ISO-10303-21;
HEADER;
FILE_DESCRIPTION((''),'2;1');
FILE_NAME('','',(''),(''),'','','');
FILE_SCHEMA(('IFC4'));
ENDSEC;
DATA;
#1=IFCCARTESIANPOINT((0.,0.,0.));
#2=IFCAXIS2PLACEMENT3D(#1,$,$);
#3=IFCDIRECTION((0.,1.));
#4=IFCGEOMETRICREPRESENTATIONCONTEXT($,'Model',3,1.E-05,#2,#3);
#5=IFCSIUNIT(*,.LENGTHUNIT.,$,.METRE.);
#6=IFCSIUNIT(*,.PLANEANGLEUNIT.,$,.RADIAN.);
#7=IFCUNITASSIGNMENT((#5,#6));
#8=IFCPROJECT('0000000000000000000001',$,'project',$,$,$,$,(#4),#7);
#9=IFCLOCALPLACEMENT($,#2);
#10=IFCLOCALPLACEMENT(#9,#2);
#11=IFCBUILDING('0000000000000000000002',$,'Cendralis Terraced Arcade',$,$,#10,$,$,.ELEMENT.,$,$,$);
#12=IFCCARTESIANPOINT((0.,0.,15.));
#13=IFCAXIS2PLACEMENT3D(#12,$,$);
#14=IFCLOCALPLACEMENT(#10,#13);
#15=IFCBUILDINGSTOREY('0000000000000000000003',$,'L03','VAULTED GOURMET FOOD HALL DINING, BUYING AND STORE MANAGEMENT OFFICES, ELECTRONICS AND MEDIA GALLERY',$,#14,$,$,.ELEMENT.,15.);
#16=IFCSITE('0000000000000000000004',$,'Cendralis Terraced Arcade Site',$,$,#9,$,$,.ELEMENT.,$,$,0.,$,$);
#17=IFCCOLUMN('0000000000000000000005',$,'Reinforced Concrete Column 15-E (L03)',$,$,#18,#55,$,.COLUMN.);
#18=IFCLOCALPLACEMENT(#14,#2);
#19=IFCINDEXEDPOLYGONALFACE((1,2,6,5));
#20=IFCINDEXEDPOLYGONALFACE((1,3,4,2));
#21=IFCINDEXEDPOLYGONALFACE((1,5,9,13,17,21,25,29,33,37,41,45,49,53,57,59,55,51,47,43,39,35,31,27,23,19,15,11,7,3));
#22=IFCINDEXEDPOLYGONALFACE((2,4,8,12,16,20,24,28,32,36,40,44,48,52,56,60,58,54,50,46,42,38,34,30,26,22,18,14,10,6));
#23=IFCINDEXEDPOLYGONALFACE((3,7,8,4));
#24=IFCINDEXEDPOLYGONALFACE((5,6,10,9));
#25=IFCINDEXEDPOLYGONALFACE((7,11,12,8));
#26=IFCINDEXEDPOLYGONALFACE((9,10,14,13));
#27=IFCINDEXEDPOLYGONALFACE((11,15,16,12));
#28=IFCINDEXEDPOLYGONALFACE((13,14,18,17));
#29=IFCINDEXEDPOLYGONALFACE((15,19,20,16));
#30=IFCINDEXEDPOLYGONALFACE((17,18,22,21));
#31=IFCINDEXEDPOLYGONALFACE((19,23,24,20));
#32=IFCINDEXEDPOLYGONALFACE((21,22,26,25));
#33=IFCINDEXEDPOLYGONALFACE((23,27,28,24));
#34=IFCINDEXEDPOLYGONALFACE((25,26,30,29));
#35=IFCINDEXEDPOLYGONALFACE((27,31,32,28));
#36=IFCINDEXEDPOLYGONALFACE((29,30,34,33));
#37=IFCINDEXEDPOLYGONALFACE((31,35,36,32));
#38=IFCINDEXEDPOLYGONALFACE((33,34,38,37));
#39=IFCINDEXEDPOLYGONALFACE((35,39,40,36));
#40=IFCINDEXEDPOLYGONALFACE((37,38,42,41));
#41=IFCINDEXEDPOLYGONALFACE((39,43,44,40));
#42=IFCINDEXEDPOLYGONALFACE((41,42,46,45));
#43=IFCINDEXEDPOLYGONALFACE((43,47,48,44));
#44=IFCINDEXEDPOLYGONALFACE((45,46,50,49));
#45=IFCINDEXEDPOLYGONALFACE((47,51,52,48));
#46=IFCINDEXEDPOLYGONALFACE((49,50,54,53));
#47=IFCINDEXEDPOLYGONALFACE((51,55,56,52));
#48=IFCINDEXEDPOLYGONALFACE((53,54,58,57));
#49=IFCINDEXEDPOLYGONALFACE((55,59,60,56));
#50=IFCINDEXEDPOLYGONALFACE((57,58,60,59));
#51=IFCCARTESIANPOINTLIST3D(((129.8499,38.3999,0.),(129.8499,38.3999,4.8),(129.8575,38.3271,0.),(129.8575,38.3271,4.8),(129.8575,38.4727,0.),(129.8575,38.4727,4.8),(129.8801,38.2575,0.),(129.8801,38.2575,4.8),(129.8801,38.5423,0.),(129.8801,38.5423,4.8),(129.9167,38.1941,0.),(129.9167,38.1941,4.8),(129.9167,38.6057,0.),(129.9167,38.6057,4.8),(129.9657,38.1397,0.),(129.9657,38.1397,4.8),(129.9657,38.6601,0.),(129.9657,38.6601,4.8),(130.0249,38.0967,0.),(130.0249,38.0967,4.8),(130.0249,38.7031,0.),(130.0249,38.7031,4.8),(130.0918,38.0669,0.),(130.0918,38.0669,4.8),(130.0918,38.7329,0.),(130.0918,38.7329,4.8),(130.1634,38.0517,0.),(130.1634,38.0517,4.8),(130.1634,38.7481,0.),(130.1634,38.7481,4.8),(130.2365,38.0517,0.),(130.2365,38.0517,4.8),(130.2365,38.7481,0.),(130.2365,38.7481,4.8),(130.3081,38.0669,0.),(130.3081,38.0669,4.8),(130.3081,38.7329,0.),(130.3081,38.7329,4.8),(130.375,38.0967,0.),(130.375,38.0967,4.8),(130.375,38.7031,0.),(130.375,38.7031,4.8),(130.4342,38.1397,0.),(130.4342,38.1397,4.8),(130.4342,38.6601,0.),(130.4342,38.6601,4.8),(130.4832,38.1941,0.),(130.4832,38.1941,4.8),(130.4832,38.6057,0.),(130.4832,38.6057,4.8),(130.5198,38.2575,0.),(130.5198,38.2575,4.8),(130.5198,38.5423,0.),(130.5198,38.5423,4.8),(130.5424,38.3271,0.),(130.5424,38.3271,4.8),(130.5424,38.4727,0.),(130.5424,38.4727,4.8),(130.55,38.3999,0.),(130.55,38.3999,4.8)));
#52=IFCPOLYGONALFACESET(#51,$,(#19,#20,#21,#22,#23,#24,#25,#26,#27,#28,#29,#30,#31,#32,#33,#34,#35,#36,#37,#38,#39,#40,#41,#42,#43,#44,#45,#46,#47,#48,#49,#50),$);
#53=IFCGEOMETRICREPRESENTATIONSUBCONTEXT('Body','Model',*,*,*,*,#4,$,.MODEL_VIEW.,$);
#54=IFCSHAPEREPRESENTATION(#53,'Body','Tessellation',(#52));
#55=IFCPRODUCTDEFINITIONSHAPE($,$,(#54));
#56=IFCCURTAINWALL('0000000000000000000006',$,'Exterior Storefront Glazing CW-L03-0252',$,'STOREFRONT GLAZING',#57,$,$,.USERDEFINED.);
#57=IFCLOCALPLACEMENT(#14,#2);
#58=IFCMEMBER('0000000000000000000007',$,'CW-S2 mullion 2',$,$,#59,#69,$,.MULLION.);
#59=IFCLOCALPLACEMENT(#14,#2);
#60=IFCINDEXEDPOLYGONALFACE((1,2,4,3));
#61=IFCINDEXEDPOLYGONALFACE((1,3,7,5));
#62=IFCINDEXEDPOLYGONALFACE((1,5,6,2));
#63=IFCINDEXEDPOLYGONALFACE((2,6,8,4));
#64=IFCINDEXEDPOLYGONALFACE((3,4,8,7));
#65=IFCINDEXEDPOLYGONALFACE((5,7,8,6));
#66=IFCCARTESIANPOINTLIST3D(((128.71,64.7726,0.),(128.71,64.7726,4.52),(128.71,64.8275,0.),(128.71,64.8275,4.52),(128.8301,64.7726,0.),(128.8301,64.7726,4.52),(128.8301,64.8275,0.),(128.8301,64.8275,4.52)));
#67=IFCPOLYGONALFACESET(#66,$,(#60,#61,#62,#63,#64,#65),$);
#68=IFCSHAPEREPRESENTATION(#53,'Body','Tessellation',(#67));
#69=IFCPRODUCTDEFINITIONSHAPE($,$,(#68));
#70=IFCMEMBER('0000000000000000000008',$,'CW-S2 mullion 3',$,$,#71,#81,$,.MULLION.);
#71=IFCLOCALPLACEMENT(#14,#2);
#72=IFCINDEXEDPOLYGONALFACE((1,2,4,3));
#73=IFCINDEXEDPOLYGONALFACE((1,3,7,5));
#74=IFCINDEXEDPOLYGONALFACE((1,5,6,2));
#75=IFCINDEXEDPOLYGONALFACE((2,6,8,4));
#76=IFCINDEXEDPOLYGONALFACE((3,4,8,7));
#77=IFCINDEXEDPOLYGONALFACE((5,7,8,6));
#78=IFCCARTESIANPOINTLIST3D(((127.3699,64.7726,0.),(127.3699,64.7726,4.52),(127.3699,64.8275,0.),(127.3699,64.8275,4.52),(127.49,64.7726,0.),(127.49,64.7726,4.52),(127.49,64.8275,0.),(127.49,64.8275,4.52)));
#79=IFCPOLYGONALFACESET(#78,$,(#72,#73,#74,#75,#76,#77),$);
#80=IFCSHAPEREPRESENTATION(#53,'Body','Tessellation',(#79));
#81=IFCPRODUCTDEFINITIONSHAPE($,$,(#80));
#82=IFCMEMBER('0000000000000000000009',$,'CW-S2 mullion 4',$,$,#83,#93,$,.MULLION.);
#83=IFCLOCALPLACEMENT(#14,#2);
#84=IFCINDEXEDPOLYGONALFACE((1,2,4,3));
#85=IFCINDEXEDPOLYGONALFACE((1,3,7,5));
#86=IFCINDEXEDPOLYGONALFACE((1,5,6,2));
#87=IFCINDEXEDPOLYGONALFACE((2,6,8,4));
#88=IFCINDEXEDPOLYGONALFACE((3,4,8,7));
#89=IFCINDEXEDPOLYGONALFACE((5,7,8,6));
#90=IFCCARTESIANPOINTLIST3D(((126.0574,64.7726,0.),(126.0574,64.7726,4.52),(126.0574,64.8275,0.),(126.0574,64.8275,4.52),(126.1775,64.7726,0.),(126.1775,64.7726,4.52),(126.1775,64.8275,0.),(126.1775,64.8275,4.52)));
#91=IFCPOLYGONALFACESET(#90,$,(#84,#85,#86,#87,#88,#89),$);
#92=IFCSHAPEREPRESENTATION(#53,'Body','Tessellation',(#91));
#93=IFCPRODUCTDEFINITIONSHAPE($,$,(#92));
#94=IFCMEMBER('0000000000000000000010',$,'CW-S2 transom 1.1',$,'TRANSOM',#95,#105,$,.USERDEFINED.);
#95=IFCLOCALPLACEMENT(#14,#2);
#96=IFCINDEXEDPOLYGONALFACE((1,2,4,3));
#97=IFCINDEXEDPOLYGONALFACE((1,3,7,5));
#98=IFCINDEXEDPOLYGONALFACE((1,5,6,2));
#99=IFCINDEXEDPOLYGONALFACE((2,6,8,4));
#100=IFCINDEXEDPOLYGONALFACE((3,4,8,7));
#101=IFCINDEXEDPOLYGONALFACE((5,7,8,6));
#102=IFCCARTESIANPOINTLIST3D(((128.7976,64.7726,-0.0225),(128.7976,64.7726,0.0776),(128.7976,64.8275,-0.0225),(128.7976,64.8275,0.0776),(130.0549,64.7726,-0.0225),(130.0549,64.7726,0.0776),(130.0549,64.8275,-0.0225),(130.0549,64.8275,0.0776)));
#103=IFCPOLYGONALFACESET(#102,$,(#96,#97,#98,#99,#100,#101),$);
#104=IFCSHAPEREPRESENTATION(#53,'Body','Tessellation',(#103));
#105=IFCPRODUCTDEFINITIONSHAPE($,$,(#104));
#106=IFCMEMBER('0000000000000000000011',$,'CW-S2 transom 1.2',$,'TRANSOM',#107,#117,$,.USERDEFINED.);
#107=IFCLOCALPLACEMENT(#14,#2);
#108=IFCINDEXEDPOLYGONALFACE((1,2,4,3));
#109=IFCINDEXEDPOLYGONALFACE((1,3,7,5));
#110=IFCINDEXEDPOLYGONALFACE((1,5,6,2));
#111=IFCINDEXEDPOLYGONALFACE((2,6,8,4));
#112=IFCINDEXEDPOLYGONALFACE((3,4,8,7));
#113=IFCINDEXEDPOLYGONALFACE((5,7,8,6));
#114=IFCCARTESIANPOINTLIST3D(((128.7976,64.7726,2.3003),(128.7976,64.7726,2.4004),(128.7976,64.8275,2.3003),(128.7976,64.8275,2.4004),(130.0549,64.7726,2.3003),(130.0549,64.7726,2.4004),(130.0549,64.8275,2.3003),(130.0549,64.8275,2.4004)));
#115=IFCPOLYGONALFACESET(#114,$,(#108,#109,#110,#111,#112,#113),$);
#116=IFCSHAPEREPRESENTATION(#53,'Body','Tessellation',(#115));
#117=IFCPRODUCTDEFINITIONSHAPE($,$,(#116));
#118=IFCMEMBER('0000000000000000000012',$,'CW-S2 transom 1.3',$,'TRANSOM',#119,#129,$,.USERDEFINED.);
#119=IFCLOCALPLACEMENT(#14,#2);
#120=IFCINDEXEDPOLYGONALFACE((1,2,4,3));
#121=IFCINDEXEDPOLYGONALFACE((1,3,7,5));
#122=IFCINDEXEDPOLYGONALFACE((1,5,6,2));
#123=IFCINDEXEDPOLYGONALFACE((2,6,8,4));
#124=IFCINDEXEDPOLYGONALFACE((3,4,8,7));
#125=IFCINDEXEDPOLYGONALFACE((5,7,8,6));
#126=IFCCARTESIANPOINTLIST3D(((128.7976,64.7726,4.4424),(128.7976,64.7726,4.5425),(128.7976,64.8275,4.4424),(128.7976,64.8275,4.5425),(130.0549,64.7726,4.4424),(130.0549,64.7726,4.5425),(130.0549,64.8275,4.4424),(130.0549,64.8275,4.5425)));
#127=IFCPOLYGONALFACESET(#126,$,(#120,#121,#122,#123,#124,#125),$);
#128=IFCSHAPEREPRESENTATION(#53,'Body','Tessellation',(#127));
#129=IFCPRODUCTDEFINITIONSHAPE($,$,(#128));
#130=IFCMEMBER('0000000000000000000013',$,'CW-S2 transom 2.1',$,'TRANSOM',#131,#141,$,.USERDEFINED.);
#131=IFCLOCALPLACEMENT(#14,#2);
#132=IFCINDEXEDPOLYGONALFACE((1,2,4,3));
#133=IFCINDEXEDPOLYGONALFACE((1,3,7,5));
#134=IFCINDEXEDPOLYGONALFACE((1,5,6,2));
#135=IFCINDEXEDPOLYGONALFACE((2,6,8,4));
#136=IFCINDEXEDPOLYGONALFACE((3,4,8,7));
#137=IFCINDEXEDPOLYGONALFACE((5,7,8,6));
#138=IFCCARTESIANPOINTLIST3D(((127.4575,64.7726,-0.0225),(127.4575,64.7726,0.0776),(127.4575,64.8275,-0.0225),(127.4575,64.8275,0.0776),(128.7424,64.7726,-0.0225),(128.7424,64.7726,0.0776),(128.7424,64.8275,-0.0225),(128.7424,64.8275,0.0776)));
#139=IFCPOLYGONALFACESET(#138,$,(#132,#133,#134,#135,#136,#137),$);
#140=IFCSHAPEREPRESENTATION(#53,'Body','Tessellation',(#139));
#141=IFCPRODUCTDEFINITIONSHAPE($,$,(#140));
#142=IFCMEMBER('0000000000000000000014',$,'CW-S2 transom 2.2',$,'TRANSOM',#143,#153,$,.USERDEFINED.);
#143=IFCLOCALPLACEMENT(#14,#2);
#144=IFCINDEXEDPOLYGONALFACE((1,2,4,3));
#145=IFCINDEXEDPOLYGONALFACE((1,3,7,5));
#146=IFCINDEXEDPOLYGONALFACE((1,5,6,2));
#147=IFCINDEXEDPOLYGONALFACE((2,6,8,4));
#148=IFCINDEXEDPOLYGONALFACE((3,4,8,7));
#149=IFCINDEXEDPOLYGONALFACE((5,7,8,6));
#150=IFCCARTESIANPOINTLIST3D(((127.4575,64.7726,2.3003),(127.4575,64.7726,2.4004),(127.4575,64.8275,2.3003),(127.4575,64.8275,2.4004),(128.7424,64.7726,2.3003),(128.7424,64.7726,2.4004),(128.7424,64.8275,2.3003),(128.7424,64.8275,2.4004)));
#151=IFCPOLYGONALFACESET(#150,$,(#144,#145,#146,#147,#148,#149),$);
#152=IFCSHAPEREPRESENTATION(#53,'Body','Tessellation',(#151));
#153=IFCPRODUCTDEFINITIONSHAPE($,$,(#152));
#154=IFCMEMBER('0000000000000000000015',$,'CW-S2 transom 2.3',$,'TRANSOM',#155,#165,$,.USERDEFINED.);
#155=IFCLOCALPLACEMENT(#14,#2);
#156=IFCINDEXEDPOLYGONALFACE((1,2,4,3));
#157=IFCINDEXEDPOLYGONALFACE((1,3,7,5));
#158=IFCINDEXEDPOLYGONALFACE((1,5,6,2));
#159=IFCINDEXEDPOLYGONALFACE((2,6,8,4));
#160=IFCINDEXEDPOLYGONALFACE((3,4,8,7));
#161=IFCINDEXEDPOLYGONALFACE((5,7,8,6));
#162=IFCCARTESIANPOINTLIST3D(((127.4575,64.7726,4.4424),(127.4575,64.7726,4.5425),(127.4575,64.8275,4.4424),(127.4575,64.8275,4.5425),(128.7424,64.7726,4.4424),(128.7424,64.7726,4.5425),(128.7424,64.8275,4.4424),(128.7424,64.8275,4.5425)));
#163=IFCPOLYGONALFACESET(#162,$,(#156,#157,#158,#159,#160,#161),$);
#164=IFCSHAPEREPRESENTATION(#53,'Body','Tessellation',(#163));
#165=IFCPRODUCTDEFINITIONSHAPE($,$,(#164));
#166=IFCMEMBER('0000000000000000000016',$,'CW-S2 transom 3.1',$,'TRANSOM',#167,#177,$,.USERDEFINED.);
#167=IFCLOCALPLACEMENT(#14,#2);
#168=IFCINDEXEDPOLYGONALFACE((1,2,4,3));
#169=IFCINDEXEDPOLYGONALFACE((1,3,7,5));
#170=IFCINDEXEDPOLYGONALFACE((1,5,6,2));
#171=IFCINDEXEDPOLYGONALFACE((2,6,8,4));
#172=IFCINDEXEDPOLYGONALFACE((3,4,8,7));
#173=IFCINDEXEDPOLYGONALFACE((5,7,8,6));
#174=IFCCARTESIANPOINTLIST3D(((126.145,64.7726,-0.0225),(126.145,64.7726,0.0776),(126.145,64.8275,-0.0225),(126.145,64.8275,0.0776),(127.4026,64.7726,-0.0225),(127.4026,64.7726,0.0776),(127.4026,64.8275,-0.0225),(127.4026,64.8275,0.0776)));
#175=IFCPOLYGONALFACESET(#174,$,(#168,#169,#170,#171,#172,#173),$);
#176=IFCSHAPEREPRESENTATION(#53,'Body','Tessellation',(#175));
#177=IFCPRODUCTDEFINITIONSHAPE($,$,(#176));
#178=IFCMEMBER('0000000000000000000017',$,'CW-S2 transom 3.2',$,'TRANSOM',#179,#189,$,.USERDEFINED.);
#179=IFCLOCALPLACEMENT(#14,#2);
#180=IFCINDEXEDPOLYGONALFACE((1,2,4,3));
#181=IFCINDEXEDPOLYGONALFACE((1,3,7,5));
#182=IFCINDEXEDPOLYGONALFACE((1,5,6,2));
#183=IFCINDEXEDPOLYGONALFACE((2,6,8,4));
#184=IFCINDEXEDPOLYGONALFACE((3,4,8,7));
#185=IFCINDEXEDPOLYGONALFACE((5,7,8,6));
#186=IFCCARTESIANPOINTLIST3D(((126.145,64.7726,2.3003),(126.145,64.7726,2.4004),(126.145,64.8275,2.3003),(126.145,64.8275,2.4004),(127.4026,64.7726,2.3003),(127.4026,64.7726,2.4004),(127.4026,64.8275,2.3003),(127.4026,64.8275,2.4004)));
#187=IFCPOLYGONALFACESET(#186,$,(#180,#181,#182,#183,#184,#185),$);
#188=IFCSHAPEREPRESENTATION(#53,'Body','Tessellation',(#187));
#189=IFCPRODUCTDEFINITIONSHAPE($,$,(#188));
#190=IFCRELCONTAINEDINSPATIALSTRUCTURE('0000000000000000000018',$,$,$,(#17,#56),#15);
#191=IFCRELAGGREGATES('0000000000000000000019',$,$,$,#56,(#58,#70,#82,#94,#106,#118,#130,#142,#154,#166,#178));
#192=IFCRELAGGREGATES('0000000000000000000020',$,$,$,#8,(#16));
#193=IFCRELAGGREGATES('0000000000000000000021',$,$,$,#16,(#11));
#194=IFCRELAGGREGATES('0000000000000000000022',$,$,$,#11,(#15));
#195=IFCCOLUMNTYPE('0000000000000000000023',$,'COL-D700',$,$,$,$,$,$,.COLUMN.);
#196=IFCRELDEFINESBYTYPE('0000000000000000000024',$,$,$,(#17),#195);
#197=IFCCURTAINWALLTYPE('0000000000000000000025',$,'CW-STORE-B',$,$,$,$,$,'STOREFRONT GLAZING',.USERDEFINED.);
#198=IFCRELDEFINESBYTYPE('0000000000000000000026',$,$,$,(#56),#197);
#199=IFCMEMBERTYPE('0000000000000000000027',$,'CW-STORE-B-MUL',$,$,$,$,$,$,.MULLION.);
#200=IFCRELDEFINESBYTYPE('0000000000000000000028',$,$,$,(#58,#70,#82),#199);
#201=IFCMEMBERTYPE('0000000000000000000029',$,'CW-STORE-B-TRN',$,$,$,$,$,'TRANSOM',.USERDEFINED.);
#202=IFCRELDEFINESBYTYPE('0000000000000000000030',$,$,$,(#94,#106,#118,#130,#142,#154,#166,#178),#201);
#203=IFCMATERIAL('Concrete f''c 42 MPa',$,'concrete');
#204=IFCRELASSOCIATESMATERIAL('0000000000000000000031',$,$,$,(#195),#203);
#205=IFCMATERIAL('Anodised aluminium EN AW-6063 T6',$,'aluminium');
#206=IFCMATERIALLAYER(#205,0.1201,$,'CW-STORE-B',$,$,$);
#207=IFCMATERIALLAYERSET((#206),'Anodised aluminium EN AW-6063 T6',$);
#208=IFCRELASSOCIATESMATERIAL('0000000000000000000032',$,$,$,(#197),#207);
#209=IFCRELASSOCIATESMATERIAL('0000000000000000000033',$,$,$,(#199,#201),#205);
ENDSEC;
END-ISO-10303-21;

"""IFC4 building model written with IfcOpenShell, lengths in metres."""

from ifc_helpers import new_model, si_unit, direction, frame, origin, origin_2d, place, context, subcontext, project, spatial, rectangle, circle, extrude, material, layer, layer_set, material_profile, profile_set, type_object, element, aggregate, save


model = new_model("IFC4")

# Units and contexts
model_context = context("Model", 3, precision=1e-05, world=origin(), true_north=direction((0.0, 1.0)))
body_context = subcontext(model_context, "Body", "Model", "MODEL_VIEW")
ifc_project = project(units=[si_unit("LENGTHUNIT", "METRE"), si_unit("PLANEANGLEUNIT", "RADIAN")], contexts=[model_context])

# Site, building, storey
site_placement = place(None, origin())
site = spatial("IfcSite", under=ifc_project, at=site_placement, Name="Cendralis Terraced Arcade Site", CompositionType="ELEMENT", RefElevation=0.0)
building_placement = place(site_placement, origin())
building = spatial("IfcBuilding", under=site, at=building_placement, Name="Cendralis Terraced Arcade", CompositionType="ELEMENT")
storey_placement = place(building_placement, frame((0.0, 0.0, 15.0)))
storey = spatial("IfcBuildingStorey", under=building, at=storey_placement, Name="L03", Description="VAULTED GOURMET FOOD HALL DINING, BUYING AND STORE MANAGEMENT OFFICES, ELECTRONICS AND MEDIA GALLERY", CompositionType="ELEMENT", Elevation=15.0)

# Column
ifc_material_1 = material(Name="Concrete f'c 42 MPa", Category="concrete")
ifc_material_profile_1 = material_profile(ifc_material_1, circle(Radius=0.3501, at=origin_2d()), Name="RC-COL-D700", Category="LoadBearing")
ifc_profile_set_1 = profile_set([ifc_material_profile_1], Name="Concrete f'c 42 MPa")
column_type = type_object("IfcColumnType", Name="COL-D700", PredefinedType="COLUMN", material=ifc_profile_set_1)
column_placement = place(storey_placement, frame((130.2, 38.3999, 0.0), z_axis=(0.0, 0.0, 1.0), x_axis=(1.0, 0.0, 0.0)))
element("IfcColumn", 1, at=column_placement, inside=storey, type_object=column_type, Name="Reinforced Concrete Column 15-E (L03)", PredefinedType="COLUMN", context=body_context, shape_type="SweptSolid", body=[
    extrude(circle(Radius=0.3501, at=origin_2d()), origin(), (0.0, 0.0, 1.0), 4.8),
])

# Curtain wall, members
ifc_material_2 = material(Name="Anodised aluminium EN AW-6063 T6", Category="aluminium")
ifc_layer_1 = layer(ifc_material_2, 0.1201, Name="CW-STORE-B")
ifc_layer_set_1 = layer_set([ifc_layer_1], Name="Anodised aluminium EN AW-6063 T6")
curtain_wall_type = type_object("IfcCurtainWallType", Name="CW-STORE-B", ElementType="STOREFRONT GLAZING", PredefinedType="USERDEFINED", material=ifc_layer_set_1)
curtain_wall_placement = place(storey_placement, origin())
curtain_wall = element("IfcCurtainWall", 2, at=curtain_wall_placement, inside=storey, type_object=curtain_wall_type, Name="Exterior Storefront Glazing CW-L03-0252", ObjectType="STOREFRONT GLAZING", PredefinedType="USERDEFINED")
ifc_material_profile_2 = material_profile(ifc_material_2, rectangle(XDim=0.0549, YDim=0.1201, at=origin_2d()), Name="ALU-MUL-55x120")
ifc_profile_set_2 = profile_set([ifc_material_profile_2], Name="Anodised aluminium EN AW-6063 T6")
member_type_1 = type_object("IfcMemberType", Name="CW-STORE-B-MUL", PredefinedType="MULLION", material=ifc_profile_set_2)
member_1_placement = place(storey_placement, frame((128.77, 64.8, 0.0), z_axis=(0.0, 0.0, 1.0), x_axis=(0.0, -1.0, 0.0)))
member_1 = element("IfcMember", 3, at=member_1_placement, type_object=member_type_1, Name="CW-S2 mullion 2", PredefinedType="MULLION", context=body_context, shape_type="SweptSolid", body=[
    extrude(rectangle(XDim=0.0549, YDim=0.1201, at=origin_2d()), origin(), (0.0, 0.0, 1.0), 4.52),
])
member_2_placement = place(storey_placement, frame((127.4299, 64.8, 0.0), z_axis=(0.0, 0.0, 1.0), x_axis=(0.0, -1.0, 0.0)))
member_2 = element("IfcMember", 4, at=member_2_placement, type_object=member_type_1, Name="CW-S2 mullion 3", PredefinedType="MULLION", context=body_context, shape_type="SweptSolid", body=[
    extrude(rectangle(XDim=0.0549, YDim=0.1201, at=origin_2d()), origin(), (0.0, 0.0, 1.0), 4.52),
])
member_3_placement = place(storey_placement, frame((126.1174, 64.8, 0.0), z_axis=(0.0, 0.0, 1.0), x_axis=(0.0, -1.0, 0.0)))
member_3 = element("IfcMember", 5, at=member_3_placement, type_object=member_type_1, Name="CW-S2 mullion 4", PredefinedType="MULLION", context=body_context, shape_type="SweptSolid", body=[
    extrude(rectangle(XDim=0.0549, YDim=0.1201, at=origin_2d()), origin(), (0.0, 0.0, 1.0), 4.52),
])
ifc_material_profile_3 = material_profile(ifc_material_2, rectangle(XDim=0.0549, YDim=0.1001, at=origin_2d()), Name="ALU-TRN-55x100")
ifc_profile_set_3 = profile_set([ifc_material_profile_3], Name="Anodised aluminium EN AW-6063 T6")
member_type_2 = type_object("IfcMemberType", Name="CW-STORE-B-TRN", ElementType="TRANSOM", PredefinedType="USERDEFINED", material=ifc_profile_set_3)
member_4_placement = place(storey_placement, frame((130.0549, 64.8, 0.0276), z_axis=(-1.0, 0.0, 0.0), x_axis=(0.0, -1.0, 0.0)))
member_4 = element("IfcMember", 6, at=member_4_placement, type_object=member_type_2, Name="CW-S2 transom 1.1", ObjectType="TRANSOM", PredefinedType="USERDEFINED", context=body_context, shape_type="SweptSolid", body=[
    extrude(rectangle(XDim=0.0549, YDim=0.1001, at=origin_2d()), origin(), (0.0, 0.0, 1.0), 1.2573),
])
member_5_placement = place(storey_placement, frame((130.0549, 64.8, 2.3503), z_axis=(-1.0, 0.0, 0.0), x_axis=(0.0, -1.0, 0.0)))
member_5 = element("IfcMember", 7, at=member_5_placement, type_object=member_type_2, Name="CW-S2 transom 1.2", ObjectType="TRANSOM", PredefinedType="USERDEFINED", context=body_context, shape_type="SweptSolid", body=[
    extrude(rectangle(XDim=0.0549, YDim=0.1001, at=origin_2d()), origin(), (0.0, 0.0, 1.0), 1.2573),
])
member_6_placement = place(storey_placement, frame((130.0549, 64.8, 4.4924), z_axis=(-1.0, 0.0, 0.0), x_axis=(0.0, -1.0, 0.0)))
member_6 = element("IfcMember", 8, at=member_6_placement, type_object=member_type_2, Name="CW-S2 transom 1.3", ObjectType="TRANSOM", PredefinedType="USERDEFINED", context=body_context, shape_type="SweptSolid", body=[
    extrude(rectangle(XDim=0.0549, YDim=0.1001, at=origin_2d()), origin(), (0.0, 0.0, 1.0), 1.2573),
])
member_7_placement = place(storey_placement, frame((128.7424, 64.8, 0.0276), z_axis=(-1.0, 0.0, 0.0), x_axis=(0.0, -1.0, 0.0)))
member_7 = element("IfcMember", 9, at=member_7_placement, type_object=member_type_2, Name="CW-S2 transom 2.1", ObjectType="TRANSOM", PredefinedType="USERDEFINED", context=body_context, shape_type="SweptSolid", body=[
    extrude(rectangle(XDim=0.0549, YDim=0.1001, at=origin_2d()), origin(), (0.0, 0.0, 1.0), 1.2849),
])
member_8_placement = place(storey_placement, frame((128.7424, 64.8, 2.3503), z_axis=(-1.0, 0.0, 0.0), x_axis=(0.0, -1.0, 0.0)))
member_8 = element("IfcMember", 10, at=member_8_placement, type_object=member_type_2, Name="CW-S2 transom 2.2", ObjectType="TRANSOM", PredefinedType="USERDEFINED", context=body_context, shape_type="SweptSolid", body=[
    extrude(rectangle(XDim=0.0549, YDim=0.1001, at=origin_2d()), origin(), (0.0, 0.0, 1.0), 1.2849),
])
member_9_placement = place(storey_placement, frame((128.7424, 64.8, 4.4924), z_axis=(-1.0, 0.0, 0.0), x_axis=(0.0, -1.0, 0.0)))
member_9 = element("IfcMember", 11, at=member_9_placement, type_object=member_type_2, Name="CW-S2 transom 2.3", ObjectType="TRANSOM", PredefinedType="USERDEFINED", context=body_context, shape_type="SweptSolid", body=[
    extrude(rectangle(XDim=0.0549, YDim=0.1001, at=origin_2d()), origin(), (0.0, 0.0, 1.0), 1.2849),
])
member_10_placement = place(storey_placement, frame((127.4026, 64.8, 0.0276), z_axis=(-1.0, 0.0, 0.0), x_axis=(0.0, -1.0, 0.0)))
member_10 = element("IfcMember", 12, at=member_10_placement, type_object=member_type_2, Name="CW-S2 transom 3.1", ObjectType="TRANSOM", PredefinedType="USERDEFINED", context=body_context, shape_type="SweptSolid", body=[
    extrude(rectangle(XDim=0.0549, YDim=0.1001, at=origin_2d()), origin(), (0.0, 0.0, 1.0), 1.2576),
])
member_11_placement = place(storey_placement, frame((127.4026, 64.8, 2.3503), z_axis=(-1.0, 0.0, 0.0), x_axis=(0.0, -1.0, 0.0)))
member_11 = element("IfcMember", 13, at=member_11_placement, type_object=member_type_2, Name="CW-S2 transom 3.2", ObjectType="TRANSOM", PredefinedType="USERDEFINED", context=body_context, shape_type="SweptSolid", body=[
    extrude(rectangle(XDim=0.0549, YDim=0.1001, at=origin_2d()), origin(), (0.0, 0.0, 1.0), 1.2576),
])
aggregate(curtain_wall, [member_1, member_2, member_3, member_4, member_5, member_6, member_7, member_8, member_9, member_10, member_11])

save(model, "model.ifc")
